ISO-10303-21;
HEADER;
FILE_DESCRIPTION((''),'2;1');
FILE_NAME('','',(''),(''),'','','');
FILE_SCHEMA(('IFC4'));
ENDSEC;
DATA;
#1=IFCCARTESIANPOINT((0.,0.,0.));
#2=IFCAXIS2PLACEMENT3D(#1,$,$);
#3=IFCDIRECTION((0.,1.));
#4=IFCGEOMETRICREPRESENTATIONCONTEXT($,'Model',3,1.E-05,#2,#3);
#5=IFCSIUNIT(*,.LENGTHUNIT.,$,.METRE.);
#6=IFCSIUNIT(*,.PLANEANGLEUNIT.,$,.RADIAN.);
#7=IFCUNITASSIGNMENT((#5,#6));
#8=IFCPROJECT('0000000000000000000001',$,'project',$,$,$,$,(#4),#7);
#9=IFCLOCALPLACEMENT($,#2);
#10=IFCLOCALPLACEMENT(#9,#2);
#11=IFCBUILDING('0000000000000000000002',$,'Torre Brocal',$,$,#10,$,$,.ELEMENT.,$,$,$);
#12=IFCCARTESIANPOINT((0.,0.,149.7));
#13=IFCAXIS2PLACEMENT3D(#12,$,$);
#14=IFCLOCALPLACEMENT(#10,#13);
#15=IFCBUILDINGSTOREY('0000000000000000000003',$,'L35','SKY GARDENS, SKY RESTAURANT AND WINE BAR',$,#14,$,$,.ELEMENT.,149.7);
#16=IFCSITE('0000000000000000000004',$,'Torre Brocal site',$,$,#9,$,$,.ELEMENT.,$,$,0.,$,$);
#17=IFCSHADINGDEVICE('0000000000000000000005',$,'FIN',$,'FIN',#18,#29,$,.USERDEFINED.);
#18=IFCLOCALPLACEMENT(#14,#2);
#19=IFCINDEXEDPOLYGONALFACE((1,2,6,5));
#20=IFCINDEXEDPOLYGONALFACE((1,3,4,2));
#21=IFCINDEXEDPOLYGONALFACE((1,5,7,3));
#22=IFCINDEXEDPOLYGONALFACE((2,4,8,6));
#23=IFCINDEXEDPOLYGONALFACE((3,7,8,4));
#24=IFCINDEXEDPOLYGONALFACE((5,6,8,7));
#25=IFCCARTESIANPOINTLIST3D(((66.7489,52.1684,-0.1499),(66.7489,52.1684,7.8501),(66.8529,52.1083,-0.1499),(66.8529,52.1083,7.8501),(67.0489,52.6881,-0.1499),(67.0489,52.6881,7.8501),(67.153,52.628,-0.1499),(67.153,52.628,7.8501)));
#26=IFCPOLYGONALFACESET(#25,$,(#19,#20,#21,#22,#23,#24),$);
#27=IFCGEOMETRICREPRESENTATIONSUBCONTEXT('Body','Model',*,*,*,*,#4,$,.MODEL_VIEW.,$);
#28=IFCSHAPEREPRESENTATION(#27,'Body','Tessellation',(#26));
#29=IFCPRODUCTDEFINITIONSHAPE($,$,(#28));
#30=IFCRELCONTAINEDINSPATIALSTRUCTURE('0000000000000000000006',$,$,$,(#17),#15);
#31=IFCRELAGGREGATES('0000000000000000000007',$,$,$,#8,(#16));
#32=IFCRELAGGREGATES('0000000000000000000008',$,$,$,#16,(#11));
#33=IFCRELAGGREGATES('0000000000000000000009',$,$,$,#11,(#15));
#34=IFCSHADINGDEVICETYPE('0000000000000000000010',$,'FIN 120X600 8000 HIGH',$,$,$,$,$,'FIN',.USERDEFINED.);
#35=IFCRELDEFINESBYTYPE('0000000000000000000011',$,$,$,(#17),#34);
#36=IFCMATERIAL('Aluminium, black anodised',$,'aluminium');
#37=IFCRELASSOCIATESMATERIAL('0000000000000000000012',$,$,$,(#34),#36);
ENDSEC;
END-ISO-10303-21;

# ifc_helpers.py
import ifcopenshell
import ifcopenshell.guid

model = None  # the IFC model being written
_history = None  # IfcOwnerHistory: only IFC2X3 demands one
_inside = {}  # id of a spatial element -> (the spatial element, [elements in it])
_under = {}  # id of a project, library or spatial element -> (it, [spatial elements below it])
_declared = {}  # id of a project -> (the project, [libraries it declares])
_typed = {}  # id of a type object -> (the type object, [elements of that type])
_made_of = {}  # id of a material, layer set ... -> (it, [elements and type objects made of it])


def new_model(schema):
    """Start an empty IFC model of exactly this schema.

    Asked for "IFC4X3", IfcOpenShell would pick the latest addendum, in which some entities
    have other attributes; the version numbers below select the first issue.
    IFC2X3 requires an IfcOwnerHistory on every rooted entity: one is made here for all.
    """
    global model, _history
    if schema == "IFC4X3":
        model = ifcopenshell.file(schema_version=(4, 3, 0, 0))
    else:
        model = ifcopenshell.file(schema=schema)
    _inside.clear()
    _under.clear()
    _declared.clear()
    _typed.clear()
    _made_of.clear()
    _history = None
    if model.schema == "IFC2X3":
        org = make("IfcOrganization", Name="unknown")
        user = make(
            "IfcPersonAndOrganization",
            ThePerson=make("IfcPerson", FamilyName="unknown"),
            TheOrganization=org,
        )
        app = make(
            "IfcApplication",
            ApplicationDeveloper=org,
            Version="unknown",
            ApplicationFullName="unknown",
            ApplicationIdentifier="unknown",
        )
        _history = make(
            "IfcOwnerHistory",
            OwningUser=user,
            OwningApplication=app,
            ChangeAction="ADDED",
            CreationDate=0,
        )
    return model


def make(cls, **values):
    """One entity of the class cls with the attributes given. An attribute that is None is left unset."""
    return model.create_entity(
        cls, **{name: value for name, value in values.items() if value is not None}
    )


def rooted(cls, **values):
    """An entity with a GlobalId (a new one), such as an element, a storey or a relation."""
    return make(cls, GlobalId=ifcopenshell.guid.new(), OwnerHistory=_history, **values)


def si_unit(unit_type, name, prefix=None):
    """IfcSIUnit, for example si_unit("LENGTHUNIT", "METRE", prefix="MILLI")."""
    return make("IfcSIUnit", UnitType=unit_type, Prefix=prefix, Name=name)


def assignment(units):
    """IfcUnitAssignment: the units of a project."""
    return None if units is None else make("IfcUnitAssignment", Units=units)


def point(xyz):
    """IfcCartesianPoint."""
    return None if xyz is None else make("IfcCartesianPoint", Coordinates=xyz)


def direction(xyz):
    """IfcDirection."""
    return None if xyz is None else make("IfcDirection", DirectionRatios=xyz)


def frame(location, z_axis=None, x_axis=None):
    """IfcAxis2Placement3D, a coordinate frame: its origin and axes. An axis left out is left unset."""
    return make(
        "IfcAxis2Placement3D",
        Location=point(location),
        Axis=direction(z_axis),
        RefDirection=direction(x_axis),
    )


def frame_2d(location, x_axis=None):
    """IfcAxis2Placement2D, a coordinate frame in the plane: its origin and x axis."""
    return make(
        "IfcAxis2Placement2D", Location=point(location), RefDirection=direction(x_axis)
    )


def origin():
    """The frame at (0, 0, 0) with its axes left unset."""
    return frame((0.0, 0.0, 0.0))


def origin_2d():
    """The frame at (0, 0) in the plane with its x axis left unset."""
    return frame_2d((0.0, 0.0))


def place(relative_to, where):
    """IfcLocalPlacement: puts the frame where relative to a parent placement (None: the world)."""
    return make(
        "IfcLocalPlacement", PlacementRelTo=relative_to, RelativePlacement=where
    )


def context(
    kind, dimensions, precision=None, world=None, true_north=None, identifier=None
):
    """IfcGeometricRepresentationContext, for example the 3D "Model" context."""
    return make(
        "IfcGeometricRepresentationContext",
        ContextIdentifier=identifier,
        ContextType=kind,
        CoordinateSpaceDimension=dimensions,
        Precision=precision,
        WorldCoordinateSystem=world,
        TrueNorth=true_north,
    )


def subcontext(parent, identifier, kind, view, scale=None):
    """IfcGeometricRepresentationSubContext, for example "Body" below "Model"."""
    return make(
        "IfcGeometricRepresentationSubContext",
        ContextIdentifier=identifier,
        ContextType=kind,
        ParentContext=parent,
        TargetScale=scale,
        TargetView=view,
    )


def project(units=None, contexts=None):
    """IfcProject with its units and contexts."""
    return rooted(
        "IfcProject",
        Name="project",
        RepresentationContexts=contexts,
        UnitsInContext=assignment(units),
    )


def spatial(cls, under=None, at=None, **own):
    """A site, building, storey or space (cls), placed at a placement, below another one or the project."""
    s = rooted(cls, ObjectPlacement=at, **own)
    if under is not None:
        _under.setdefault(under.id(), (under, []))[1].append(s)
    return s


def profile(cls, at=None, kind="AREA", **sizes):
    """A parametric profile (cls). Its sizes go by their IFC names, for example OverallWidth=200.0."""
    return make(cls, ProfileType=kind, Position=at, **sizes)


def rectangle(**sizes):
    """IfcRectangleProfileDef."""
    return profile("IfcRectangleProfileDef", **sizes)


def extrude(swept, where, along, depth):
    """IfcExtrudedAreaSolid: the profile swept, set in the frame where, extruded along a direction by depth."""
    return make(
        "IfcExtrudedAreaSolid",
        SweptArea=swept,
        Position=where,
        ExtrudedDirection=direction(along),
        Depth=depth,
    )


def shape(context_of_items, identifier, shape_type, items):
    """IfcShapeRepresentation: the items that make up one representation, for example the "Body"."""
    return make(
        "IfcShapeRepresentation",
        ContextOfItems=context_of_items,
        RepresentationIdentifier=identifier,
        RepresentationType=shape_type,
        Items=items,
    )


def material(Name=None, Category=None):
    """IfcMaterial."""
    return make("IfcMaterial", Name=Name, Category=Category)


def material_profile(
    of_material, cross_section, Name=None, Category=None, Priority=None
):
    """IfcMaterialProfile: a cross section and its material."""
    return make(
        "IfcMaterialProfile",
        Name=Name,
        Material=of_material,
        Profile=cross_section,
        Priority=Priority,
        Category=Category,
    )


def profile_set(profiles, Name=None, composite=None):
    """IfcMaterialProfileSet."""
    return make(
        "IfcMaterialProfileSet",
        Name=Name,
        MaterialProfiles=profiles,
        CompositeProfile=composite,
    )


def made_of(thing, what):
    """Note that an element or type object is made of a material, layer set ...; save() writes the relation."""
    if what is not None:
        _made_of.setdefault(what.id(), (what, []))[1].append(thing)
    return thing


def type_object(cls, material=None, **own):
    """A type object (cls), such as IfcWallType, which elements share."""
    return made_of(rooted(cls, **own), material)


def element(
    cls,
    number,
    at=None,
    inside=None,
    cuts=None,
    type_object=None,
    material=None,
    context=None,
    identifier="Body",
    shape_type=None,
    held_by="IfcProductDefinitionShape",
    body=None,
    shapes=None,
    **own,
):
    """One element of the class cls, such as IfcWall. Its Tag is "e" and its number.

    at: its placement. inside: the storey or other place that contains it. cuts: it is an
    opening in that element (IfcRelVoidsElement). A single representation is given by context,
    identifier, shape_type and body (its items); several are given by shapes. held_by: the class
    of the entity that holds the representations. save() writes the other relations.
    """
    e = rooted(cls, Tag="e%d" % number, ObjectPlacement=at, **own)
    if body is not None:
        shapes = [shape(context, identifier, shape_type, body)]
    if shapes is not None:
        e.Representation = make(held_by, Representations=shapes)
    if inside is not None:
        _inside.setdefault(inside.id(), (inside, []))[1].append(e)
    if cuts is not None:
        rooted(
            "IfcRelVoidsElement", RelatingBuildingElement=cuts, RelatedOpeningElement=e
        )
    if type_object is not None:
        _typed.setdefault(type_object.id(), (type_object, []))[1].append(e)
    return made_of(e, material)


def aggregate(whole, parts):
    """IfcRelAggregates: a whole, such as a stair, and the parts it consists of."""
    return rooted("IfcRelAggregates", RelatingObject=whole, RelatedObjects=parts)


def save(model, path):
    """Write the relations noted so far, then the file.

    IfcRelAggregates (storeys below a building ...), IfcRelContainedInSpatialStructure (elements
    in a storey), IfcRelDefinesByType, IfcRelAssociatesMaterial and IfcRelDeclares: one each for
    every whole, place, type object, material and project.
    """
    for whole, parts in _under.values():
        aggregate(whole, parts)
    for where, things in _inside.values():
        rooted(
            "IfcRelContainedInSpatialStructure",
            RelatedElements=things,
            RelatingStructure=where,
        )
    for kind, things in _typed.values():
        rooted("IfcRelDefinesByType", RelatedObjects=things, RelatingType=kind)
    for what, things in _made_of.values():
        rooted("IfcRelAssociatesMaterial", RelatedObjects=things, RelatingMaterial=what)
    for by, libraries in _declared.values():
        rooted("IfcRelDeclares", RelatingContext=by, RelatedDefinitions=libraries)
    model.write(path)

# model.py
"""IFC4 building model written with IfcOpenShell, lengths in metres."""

from ifc_helpers import new_model, si_unit, direction, frame, origin, origin_2d, place, context, subcontext, project, spatial, rectangle, extrude, material, material_profile, profile_set, type_object, element, save


model = new_model("IFC4")

# Units and contexts
model_context = context("Model", 3, precision=1e-05, world=origin(), true_north=direction((0.0, 1.0)))
body_context = subcontext(model_context, "Body", "Model", "MODEL_VIEW")
ifc_project = project(units=[si_unit("LENGTHUNIT", "METRE"), si_unit("PLANEANGLEUNIT", "RADIAN")], contexts=[model_context])

# Site, building, storey
site_placement = place(None, origin())
site = spatial("IfcSite", under=ifc_project, at=site_placement, Name="Torre Brocal site", CompositionType="ELEMENT", RefElevation=0.0)
building_placement = place(site_placement, origin())
building = spatial("IfcBuilding", under=site, at=building_placement, Name="Torre Brocal", CompositionType="ELEMENT")
storey_placement = place(building_placement, frame((0.0, 0.0, 149.7)))
storey = spatial("IfcBuildingStorey", under=building, at=storey_placement, Name="L35", Description="SKY GARDENS, SKY RESTAURANT AND WINE BAR", CompositionType="ELEMENT", Elevation=149.7)

# Shading device
ifc_material_1 = material(Name="Aluminium, black anodised", Category="aluminium")
ifc_material_profile_1 = material_profile(ifc_material_1, rectangle(XDim=0.1201, YDim=0.6001, at=origin_2d()), Name="FIN 120X600 8000 HIGH")
ifc_profile_set_1 = profile_set([ifc_material_profile_1], Name="Aluminium, black anodised")
shading_device_type = type_object("IfcShadingDeviceType", Name="FIN 120X600 8000 HIGH", ElementType="FIN", PredefinedType="USERDEFINED", material=ifc_profile_set_1)
shading_device_placement = place(storey_placement, frame((66.9509, 52.3982, -0.1499), z_axis=(0.0, 0.0, 1.0), x_axis=(0.866025, -0.5, 0.0)))
element("IfcShadingDevice", 1, at=shading_device_placement, inside=storey, type_object=shading_device_type, Name="FIN", ObjectType="FIN", PredefinedType="USERDEFINED", context=body_context, shape_type="SweptSolid", body=[
    extrude(rectangle(XDim=0.1201, YDim=0.6001, at=origin_2d()), origin(), (0.0, 0.0, 1.0), 8.0),
])

save(model, "model.ifc")
